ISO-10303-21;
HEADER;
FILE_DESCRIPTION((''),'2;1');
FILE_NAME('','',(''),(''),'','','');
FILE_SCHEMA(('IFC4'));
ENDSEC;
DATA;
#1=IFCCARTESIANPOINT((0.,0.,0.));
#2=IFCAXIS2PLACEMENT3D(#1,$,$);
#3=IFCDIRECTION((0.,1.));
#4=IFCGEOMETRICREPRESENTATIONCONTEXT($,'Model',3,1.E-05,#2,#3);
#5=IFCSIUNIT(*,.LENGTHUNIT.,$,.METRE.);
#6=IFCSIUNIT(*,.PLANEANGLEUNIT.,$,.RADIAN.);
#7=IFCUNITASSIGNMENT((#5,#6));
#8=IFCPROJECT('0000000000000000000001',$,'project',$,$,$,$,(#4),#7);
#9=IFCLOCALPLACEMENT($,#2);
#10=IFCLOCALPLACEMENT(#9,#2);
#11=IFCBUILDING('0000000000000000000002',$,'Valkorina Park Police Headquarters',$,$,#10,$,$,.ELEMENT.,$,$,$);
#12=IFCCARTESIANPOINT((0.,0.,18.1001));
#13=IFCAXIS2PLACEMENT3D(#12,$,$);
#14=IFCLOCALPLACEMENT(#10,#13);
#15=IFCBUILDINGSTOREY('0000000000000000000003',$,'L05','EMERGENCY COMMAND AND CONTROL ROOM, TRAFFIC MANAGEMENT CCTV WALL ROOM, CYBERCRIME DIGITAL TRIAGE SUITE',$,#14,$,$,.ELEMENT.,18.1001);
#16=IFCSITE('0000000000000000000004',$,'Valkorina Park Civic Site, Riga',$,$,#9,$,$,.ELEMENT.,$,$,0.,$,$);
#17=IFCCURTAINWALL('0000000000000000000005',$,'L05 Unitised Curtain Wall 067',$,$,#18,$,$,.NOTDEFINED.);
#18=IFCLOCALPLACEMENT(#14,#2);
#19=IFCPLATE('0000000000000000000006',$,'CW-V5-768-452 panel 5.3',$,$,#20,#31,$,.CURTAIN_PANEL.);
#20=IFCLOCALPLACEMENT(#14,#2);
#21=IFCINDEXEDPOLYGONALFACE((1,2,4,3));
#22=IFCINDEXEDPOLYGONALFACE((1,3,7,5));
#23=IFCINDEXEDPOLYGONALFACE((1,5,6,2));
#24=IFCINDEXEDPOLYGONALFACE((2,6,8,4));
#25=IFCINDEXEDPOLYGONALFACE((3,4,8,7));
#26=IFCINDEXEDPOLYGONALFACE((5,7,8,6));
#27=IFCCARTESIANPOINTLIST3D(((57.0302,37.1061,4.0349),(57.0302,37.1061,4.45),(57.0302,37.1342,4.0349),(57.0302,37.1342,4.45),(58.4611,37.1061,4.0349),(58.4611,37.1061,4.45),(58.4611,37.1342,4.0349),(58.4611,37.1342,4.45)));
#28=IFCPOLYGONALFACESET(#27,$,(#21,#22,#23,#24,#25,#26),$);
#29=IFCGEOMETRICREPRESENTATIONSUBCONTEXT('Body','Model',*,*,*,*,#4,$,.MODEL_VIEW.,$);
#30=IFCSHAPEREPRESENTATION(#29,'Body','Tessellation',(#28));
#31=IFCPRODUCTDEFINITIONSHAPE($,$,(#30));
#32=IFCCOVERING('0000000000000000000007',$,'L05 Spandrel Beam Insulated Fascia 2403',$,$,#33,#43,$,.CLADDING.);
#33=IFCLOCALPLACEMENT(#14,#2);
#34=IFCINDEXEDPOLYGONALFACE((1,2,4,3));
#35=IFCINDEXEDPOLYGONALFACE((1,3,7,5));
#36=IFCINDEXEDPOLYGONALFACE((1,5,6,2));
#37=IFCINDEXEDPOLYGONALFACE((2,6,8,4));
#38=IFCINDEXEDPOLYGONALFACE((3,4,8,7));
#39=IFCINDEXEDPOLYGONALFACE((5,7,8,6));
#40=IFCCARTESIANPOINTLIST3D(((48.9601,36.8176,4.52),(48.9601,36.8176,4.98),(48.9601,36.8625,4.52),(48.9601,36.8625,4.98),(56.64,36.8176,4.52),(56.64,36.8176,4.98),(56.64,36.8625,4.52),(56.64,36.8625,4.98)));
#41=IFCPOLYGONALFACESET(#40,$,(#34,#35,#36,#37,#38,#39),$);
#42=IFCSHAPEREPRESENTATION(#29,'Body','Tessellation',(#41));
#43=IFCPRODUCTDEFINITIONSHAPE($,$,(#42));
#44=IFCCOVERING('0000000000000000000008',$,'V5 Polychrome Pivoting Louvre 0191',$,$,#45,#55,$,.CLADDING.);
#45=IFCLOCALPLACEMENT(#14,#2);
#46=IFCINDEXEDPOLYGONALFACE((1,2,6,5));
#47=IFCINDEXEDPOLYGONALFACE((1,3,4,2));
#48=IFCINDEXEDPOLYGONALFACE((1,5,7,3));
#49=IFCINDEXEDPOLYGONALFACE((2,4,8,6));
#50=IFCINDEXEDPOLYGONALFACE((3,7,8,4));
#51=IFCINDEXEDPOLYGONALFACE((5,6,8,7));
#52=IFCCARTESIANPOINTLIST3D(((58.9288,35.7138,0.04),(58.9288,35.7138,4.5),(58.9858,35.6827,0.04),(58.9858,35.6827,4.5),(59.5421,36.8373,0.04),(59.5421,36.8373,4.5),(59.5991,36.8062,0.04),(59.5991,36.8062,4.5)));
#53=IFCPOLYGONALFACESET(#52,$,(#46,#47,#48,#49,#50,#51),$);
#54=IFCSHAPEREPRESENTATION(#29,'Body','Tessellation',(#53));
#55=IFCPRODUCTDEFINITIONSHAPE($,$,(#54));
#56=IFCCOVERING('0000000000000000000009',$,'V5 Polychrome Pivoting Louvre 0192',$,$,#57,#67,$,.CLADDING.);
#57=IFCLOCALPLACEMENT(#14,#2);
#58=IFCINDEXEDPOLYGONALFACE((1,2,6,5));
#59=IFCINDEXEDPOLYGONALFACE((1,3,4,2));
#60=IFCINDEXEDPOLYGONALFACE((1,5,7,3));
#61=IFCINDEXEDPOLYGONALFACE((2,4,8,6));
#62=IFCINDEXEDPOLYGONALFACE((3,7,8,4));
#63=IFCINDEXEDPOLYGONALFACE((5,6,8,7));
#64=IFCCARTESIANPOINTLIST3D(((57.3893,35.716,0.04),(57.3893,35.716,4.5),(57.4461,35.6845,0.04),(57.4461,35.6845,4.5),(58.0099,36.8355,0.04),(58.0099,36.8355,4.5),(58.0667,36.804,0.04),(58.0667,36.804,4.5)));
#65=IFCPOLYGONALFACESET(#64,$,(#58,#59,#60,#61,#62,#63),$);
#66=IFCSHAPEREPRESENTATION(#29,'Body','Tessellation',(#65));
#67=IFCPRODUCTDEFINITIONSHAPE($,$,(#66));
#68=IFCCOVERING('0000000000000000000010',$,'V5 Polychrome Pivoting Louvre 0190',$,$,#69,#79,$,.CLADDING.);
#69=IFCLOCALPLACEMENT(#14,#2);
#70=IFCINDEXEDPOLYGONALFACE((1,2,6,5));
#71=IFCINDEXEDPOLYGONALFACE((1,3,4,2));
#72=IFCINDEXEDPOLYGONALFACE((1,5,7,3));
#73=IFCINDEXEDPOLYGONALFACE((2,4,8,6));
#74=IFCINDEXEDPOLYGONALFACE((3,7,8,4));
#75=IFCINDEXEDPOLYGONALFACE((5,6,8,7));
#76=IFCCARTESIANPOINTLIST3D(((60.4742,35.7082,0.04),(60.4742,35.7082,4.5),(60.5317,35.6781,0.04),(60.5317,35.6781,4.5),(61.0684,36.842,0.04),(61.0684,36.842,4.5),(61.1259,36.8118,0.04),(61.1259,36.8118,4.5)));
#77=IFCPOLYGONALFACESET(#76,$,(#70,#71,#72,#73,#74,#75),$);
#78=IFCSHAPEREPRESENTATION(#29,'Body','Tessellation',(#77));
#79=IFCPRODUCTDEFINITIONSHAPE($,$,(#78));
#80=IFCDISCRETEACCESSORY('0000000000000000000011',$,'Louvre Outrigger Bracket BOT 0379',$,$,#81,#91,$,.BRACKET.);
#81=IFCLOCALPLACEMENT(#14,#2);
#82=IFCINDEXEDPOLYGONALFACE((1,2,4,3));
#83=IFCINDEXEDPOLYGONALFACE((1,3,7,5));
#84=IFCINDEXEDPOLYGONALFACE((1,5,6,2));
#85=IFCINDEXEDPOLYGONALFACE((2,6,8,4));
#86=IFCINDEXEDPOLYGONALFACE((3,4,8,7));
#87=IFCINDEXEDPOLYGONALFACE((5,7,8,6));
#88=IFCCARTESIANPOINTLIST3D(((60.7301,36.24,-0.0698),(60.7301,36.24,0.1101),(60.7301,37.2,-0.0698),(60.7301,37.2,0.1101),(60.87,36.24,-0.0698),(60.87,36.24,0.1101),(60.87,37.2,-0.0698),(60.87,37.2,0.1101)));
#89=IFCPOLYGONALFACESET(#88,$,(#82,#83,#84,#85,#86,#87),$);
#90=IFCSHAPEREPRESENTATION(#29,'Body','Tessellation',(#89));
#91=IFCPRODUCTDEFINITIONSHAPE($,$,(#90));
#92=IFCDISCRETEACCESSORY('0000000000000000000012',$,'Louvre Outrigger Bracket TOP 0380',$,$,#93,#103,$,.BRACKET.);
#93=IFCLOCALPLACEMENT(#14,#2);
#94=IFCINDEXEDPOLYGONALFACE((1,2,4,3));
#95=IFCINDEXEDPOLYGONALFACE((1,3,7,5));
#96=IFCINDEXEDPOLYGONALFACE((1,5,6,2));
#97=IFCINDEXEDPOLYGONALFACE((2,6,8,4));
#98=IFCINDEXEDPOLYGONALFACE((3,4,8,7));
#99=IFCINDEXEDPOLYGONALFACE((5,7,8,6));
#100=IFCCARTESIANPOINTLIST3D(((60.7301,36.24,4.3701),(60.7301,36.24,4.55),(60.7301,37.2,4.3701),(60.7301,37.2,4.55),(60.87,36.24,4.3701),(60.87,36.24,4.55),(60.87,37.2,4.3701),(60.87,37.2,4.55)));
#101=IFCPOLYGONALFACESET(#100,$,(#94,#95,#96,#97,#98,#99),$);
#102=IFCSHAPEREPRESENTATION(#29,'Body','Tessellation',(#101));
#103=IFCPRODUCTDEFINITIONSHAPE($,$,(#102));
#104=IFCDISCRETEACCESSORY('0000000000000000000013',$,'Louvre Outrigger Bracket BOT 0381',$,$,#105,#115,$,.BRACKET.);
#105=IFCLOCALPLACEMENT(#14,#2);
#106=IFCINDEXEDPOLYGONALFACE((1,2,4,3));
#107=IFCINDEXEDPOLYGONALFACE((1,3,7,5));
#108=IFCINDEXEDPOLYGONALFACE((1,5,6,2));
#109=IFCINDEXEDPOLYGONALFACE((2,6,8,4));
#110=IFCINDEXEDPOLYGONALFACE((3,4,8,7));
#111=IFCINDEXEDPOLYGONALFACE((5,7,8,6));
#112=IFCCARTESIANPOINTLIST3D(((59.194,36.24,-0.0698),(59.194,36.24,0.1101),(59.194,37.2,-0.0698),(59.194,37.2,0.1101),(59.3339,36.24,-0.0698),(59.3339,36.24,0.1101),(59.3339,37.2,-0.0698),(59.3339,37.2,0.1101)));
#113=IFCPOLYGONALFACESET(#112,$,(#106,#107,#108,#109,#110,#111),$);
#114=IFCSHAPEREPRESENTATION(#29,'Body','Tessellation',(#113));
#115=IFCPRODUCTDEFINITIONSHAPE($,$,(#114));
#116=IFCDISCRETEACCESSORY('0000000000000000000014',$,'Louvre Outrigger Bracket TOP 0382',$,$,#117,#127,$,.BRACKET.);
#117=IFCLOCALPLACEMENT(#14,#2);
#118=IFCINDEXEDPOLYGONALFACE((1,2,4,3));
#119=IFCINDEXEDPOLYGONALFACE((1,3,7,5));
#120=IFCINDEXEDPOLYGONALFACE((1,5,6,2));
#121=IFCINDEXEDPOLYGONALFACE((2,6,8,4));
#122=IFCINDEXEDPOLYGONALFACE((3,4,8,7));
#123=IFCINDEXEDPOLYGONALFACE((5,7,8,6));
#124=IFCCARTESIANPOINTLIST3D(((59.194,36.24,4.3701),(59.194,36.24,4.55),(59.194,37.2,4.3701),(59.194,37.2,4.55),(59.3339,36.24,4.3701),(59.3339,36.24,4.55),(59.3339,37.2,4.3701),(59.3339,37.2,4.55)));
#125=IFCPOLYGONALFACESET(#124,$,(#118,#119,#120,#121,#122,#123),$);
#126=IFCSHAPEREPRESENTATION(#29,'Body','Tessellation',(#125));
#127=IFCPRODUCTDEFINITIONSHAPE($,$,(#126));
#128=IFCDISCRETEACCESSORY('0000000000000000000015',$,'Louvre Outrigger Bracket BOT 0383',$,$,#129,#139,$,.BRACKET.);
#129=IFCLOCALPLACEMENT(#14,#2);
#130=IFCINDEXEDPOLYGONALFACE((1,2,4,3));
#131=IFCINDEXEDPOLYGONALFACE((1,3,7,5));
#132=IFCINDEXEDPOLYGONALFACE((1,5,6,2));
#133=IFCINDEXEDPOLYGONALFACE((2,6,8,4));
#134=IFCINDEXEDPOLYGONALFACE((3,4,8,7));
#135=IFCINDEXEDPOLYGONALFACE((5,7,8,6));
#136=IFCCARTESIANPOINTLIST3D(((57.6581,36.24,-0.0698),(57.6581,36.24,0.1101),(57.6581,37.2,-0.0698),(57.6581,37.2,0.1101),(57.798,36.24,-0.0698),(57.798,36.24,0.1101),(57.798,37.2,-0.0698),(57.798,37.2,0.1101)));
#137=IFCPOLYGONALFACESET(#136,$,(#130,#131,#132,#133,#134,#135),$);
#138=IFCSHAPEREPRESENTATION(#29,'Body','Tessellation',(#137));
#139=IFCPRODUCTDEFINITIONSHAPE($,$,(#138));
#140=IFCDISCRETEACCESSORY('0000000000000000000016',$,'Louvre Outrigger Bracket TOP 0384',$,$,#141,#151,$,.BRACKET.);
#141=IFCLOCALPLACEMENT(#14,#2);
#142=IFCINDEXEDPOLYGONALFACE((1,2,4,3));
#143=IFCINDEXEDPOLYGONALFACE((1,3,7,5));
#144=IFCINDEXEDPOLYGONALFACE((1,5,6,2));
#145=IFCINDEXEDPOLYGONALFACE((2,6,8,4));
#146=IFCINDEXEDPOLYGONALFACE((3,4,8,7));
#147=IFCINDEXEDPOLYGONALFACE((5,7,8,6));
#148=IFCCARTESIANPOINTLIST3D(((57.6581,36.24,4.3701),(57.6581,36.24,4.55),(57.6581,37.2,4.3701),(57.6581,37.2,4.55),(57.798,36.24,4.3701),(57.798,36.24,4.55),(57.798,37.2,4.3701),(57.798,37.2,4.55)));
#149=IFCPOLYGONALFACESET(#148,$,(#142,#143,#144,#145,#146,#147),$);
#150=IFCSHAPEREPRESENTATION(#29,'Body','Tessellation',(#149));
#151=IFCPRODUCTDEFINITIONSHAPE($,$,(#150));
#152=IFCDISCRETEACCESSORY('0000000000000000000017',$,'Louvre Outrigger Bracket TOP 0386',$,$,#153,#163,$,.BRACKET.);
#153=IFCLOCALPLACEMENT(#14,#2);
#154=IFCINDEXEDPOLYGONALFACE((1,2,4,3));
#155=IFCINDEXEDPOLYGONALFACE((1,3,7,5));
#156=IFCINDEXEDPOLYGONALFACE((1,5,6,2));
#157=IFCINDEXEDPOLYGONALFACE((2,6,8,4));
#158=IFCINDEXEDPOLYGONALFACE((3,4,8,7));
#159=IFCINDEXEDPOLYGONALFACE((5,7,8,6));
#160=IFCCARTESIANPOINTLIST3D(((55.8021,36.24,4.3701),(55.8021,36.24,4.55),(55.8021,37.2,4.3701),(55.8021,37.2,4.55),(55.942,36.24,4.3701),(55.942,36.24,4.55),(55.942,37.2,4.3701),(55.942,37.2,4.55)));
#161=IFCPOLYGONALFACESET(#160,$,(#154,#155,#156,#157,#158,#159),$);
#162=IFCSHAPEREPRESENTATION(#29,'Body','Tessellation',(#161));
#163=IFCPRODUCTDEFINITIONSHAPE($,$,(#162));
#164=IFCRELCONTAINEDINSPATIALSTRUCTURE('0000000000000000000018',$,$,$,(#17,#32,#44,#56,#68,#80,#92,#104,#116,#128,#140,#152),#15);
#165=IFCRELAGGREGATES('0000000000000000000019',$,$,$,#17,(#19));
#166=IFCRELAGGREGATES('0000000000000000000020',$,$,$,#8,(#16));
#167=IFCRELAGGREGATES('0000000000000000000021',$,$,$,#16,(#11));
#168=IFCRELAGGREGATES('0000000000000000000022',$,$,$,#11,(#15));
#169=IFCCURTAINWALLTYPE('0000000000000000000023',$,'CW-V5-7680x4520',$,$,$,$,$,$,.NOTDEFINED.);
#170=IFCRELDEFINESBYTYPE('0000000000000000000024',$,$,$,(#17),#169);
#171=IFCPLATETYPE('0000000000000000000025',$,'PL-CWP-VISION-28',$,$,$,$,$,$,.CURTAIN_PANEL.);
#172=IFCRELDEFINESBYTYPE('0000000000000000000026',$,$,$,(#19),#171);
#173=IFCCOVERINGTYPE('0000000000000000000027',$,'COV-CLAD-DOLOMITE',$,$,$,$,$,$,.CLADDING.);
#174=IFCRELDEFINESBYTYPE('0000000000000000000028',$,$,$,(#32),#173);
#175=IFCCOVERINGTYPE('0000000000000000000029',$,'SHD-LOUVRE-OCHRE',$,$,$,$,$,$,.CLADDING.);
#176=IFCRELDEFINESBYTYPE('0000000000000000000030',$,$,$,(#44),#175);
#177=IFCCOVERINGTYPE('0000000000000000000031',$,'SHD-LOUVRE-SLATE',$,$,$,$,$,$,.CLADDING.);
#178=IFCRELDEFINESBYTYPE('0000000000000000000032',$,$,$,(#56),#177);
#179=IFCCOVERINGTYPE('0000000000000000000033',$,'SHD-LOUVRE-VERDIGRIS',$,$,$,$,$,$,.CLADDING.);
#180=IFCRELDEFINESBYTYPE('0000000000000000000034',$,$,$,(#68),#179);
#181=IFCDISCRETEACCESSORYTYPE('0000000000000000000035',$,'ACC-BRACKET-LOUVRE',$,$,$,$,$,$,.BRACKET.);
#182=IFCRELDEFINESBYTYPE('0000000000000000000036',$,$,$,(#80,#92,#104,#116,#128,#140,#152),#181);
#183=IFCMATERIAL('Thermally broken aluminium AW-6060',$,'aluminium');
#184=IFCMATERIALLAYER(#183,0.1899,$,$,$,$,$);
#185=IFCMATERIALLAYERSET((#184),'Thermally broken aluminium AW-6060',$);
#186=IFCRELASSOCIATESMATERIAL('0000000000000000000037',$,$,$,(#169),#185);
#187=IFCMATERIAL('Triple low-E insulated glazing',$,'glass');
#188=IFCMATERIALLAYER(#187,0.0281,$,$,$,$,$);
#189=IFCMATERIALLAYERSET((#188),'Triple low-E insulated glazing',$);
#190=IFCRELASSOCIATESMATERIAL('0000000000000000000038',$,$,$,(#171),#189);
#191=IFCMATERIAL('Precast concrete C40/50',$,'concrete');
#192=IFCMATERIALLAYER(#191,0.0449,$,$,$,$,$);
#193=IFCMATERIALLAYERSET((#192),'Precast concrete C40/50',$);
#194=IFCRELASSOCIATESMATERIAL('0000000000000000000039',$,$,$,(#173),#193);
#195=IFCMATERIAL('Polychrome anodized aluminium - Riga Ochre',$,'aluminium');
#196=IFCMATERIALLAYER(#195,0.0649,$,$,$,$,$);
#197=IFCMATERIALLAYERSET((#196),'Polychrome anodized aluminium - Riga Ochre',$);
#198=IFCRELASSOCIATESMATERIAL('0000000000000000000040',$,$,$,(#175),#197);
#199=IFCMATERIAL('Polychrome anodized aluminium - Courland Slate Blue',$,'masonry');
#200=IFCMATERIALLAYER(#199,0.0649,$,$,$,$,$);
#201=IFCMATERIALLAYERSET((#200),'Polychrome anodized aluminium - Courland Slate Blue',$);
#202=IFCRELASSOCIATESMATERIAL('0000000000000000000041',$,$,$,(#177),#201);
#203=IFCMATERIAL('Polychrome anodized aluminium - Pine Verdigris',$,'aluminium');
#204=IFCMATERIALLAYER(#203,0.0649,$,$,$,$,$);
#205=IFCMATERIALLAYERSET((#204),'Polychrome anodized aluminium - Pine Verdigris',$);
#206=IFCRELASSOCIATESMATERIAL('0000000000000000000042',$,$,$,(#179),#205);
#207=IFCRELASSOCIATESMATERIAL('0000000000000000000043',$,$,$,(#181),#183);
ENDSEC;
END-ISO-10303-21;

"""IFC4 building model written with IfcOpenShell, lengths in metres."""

from ifc_helpers import new_model, si_unit, direction, frame, frame_2d, origin, origin_2d, place, context, subcontext, project, spatial, rectangle, extrude, material, layer, layer_set, type_object, element, aggregate, save


model = new_model("IFC4")

# Units and contexts
model_context = context("Model", 3, precision=1e-05, world=origin(), true_north=direction((0.0, 1.0)))
body_context = subcontext(model_context, "Body", "Model", "MODEL_VIEW")
ifc_project = project(units=[si_unit("LENGTHUNIT", "METRE"), si_unit("PLANEANGLEUNIT", "RADIAN")], contexts=[model_context])

# Site, building, storey
site_placement = place(None, origin())
site = spatial("IfcSite", under=ifc_project, at=site_placement, Name="Valkorina Park Civic Site, Riga", CompositionType="ELEMENT", RefElevation=0.0)
building_placement = place(site_placement, origin())
building = spatial("IfcBuilding", under=site, at=building_placement, Name="Valkorina Park Police Headquarters", CompositionType="ELEMENT")
storey_placement = place(building_placement, frame((0.0, 0.0, 18.1001)))
storey = spatial("IfcBuildingStorey", under=building, at=storey_placement, Name="L05", Description="EMERGENCY COMMAND AND CONTROL ROOM, TRAFFIC MANAGEMENT CCTV WALL ROOM, CYBERCRIME DIGITAL TRIAGE SUITE", CompositionType="ELEMENT", Elevation=18.1001)

# Curtain wall
ifc_material_1 = material(Name="Thermally broken aluminium AW-6060", Category="aluminium")
ifc_layer_1 = layer(ifc_material_1, 0.1899)
ifc_layer_set_1 = layer_set([ifc_layer_1], Name="Thermally broken aluminium AW-6060")
curtain_wall_type = type_object("IfcCurtainWallType", Name="CW-V5-7680x4520", PredefinedType="NOTDEFINED", material=ifc_layer_set_1)
curtain_wall_1_placement = place(storey_placement, origin())
curtain_wall_1 = element("IfcCurtainWall", 1, at=curtain_wall_1_placement, inside=storey, type_object=curtain_wall_type, Name="L05 Unitised Curtain Wall 067", PredefinedType="NOTDEFINED")

# Plate
ifc_material_2 = material(Name="Triple low-E insulated glazing", Category="glass")
ifc_layer_2 = layer(ifc_material_2, 0.0281)
ifc_layer_set_2 = layer_set([ifc_layer_2], Name="Triple low-E insulated glazing")
plate_type_1 = type_object("IfcPlateType", Name="PL-CWP-VISION-28", PredefinedType="CURTAIN_PANEL", material=ifc_layer_set_2)
plate_1_placement = place(storey_placement, frame((57.7456, 37.1201, 4.0349), z_axis=(0.0, 0.0, 1.0), x_axis=(-1.0, 0.0, 0.0)))
plate_1 = element("IfcPlate", 2, at=plate_1_placement, type_object=plate_type_1, Name="CW-V5-768-452 panel 5.3", PredefinedType="CURTAIN_PANEL", context=body_context, shape_type="SweptSolid", body=[
    extrude(rectangle(XDim=1.4309, YDim=0.0281, at=origin_2d()), origin(), (0.0, 0.0, 1.0), 0.415),
])
aggregate(curtain_wall_1, [plate_1])

# Coverings
ifc_material_3 = material(Name="Precast concrete C40/50", Category="concrete")
ifc_layer_3 = layer(ifc_material_3, 0.0449)
ifc_layer_set_3 = layer_set([ifc_layer_3], Name="Precast concrete C40/50")
covering_type_1 = type_object("IfcCoveringType", Name="COV-CLAD-DOLOMITE", PredefinedType="CLADDING", material=ifc_layer_set_3)
covering_1_placement = place(storey_placement, frame((56.6399, 36.8401, 4.52), z_axis=(0.0, 0.0, 1.0), x_axis=(-1.0, 0.0, 0.0)))
element("IfcCovering", 3, at=covering_1_placement, inside=storey, type_object=covering_type_1, Name="L05 Spandrel Beam Insulated Fascia 2403", PredefinedType="CLADDING", context=body_context, shape_type="SweptSolid", body=[
    extrude(rectangle(XDim=7.6799, YDim=0.0449, at=frame_2d((3.8398, 0.0))), origin(), (0.0, 0.0, 1.0), 0.46),
])
ifc_material_4 = material(Name="Polychrome anodized aluminium - Riga Ochre", Category="aluminium")
ifc_layer_4 = layer(ifc_material_4, 0.0649)
ifc_layer_set_4 = layer_set([ifc_layer_4], Name="Polychrome anodized aluminium - Riga Ochre")
covering_type_2 = type_object("IfcCoveringType", Name="SHD-LOUVRE-OCHRE", PredefinedType="CLADDING", material=ifc_layer_set_4)
covering_2_placement = place(storey_placement, frame((59.2639, 36.26, 0.04), z_axis=(0.0, 0.0, 1.0), x_axis=(-0.479152, -0.877732, 0.0)))
element("IfcCovering", 4, at=covering_2_placement, inside=storey, type_object=covering_type_2, Name="V5 Polychrome Pivoting Louvre 0191", PredefinedType="CLADDING", context=body_context, shape_type="SweptSolid", body=[
    extrude(rectangle(XDim=1.28, YDim=0.0649, at=origin_2d()), origin(), (0.0, 0.0, 1.0), 4.46),
])
ifc_material_5 = material(Name="Polychrome anodized aluminium - Courland Slate Blue", Category="masonry")
ifc_layer_5 = layer(ifc_material_5, 0.0649)
ifc_layer_set_5 = layer_set([ifc_layer_5], Name="Polychrome anodized aluminium - Courland Slate Blue")
covering_type_3 = type_object("IfcCoveringType", Name="SHD-LOUVRE-SLATE", PredefinedType="CLADDING", material=ifc_layer_set_5)
covering_3_placement = place(storey_placement, frame((57.728, 36.26, 0.04), z_axis=(0.0, 0.0, 1.0), x_axis=(-0.48481, -0.87462, 0.0)))
element("IfcCovering", 5, at=covering_3_placement, inside=storey, type_object=covering_type_3, Name="V5 Polychrome Pivoting Louvre 0192", PredefinedType="CLADDING", context=body_context, shape_type="SweptSolid", body=[
    extrude(rectangle(XDim=1.28, YDim=0.0649, at=origin_2d()), origin(), (0.0, 0.0, 1.0), 4.46),
])
ifc_material_6 = material(Name="Polychrome anodized aluminium - Pine Verdigris", Category="aluminium")
ifc_layer_6 = layer(ifc_material_6, 0.0649)
ifc_layer_set_6 = layer_set([ifc_layer_6], Name="Polychrome anodized aluminium - Pine Verdigris")
covering_type_4 = type_object("IfcCoveringType", Name="SHD-LOUVRE-VERDIGRIS", PredefinedType="CLADDING", material=ifc_layer_set_6)
covering_4_placement = place(storey_placement, frame((60.8, 36.26, 0.04), z_axis=(0.0, 0.0, 1.0), x_axis=(-0.464224, -0.885718, 0.0)))
element("IfcCovering", 6, at=covering_4_placement, inside=storey, type_object=covering_type_4, Name="V5 Polychrome Pivoting Louvre 0190", PredefinedType="CLADDING", context=body_context, shape_type="SweptSolid", body=[
    extrude(rectangle(XDim=1.28, YDim=0.0649, at=origin_2d()), origin(), (0.0, 0.0, 1.0), 4.46),
])

# Discrete accessories
discrete_accessory_type = type_object("IfcDiscreteAccessoryType", Name="ACC-BRACKET-LOUVRE", PredefinedType="BRACKET", material=ifc_material_1)
for number, where, z_axis, x_axis, name in (
    (7, (60.8, 36.72, -0.0698), (0.0, 0.0, 1.0), (0.0, -1.0, 0.0), "Louvre Outrigger Bracket BOT 0379"),
    (8, (60.8, 36.72, 4.3701), (0.0, 0.0, 1.0), (0.0, -1.0, 0.0), "Louvre Outrigger Bracket TOP 0380"),
    (9, (59.2639, 36.72, -0.0698), (0.0, 0.0, 1.0), (0.0, -1.0, 0.0), "Louvre Outrigger Bracket BOT 0381"),
    (10, (59.2639, 36.72, 4.3701), (0.0, 0.0, 1.0), (0.0, -1.0, 0.0), "Louvre Outrigger Bracket TOP 0382"),
    (11, (57.728, 36.72, -0.0698), (0.0, 0.0, 1.0), (0.0, -1.0, 0.0), "Louvre Outrigger Bracket BOT 0383"),
    (12, (57.728, 36.72, 4.3701), (0.0, 0.0, 1.0), (0.0, -1.0, 0.0), "Louvre Outrigger Bracket TOP 0384"),
    (13, (55.8721, 36.72, 4.3701), (0.0, 0.0, 1.0), (0.0, -1.0, 0.0), "Louvre Outrigger Bracket TOP 0386"),
):
    element("IfcDiscreteAccessory", number, at=place(storey_placement, frame(where, z_axis=z_axis, x_axis=x_axis)), inside=storey, type_object=discrete_accessory_type, Name=name, PredefinedType="BRACKET", context=body_context, shape_type="SweptSolid", body=[
        extrude(rectangle(XDim=0.96, YDim=0.1399, at=origin_2d()), origin(), (0.0, 0.0, 1.0), 0.1799),
    ])

save(model, "model.ifc")
